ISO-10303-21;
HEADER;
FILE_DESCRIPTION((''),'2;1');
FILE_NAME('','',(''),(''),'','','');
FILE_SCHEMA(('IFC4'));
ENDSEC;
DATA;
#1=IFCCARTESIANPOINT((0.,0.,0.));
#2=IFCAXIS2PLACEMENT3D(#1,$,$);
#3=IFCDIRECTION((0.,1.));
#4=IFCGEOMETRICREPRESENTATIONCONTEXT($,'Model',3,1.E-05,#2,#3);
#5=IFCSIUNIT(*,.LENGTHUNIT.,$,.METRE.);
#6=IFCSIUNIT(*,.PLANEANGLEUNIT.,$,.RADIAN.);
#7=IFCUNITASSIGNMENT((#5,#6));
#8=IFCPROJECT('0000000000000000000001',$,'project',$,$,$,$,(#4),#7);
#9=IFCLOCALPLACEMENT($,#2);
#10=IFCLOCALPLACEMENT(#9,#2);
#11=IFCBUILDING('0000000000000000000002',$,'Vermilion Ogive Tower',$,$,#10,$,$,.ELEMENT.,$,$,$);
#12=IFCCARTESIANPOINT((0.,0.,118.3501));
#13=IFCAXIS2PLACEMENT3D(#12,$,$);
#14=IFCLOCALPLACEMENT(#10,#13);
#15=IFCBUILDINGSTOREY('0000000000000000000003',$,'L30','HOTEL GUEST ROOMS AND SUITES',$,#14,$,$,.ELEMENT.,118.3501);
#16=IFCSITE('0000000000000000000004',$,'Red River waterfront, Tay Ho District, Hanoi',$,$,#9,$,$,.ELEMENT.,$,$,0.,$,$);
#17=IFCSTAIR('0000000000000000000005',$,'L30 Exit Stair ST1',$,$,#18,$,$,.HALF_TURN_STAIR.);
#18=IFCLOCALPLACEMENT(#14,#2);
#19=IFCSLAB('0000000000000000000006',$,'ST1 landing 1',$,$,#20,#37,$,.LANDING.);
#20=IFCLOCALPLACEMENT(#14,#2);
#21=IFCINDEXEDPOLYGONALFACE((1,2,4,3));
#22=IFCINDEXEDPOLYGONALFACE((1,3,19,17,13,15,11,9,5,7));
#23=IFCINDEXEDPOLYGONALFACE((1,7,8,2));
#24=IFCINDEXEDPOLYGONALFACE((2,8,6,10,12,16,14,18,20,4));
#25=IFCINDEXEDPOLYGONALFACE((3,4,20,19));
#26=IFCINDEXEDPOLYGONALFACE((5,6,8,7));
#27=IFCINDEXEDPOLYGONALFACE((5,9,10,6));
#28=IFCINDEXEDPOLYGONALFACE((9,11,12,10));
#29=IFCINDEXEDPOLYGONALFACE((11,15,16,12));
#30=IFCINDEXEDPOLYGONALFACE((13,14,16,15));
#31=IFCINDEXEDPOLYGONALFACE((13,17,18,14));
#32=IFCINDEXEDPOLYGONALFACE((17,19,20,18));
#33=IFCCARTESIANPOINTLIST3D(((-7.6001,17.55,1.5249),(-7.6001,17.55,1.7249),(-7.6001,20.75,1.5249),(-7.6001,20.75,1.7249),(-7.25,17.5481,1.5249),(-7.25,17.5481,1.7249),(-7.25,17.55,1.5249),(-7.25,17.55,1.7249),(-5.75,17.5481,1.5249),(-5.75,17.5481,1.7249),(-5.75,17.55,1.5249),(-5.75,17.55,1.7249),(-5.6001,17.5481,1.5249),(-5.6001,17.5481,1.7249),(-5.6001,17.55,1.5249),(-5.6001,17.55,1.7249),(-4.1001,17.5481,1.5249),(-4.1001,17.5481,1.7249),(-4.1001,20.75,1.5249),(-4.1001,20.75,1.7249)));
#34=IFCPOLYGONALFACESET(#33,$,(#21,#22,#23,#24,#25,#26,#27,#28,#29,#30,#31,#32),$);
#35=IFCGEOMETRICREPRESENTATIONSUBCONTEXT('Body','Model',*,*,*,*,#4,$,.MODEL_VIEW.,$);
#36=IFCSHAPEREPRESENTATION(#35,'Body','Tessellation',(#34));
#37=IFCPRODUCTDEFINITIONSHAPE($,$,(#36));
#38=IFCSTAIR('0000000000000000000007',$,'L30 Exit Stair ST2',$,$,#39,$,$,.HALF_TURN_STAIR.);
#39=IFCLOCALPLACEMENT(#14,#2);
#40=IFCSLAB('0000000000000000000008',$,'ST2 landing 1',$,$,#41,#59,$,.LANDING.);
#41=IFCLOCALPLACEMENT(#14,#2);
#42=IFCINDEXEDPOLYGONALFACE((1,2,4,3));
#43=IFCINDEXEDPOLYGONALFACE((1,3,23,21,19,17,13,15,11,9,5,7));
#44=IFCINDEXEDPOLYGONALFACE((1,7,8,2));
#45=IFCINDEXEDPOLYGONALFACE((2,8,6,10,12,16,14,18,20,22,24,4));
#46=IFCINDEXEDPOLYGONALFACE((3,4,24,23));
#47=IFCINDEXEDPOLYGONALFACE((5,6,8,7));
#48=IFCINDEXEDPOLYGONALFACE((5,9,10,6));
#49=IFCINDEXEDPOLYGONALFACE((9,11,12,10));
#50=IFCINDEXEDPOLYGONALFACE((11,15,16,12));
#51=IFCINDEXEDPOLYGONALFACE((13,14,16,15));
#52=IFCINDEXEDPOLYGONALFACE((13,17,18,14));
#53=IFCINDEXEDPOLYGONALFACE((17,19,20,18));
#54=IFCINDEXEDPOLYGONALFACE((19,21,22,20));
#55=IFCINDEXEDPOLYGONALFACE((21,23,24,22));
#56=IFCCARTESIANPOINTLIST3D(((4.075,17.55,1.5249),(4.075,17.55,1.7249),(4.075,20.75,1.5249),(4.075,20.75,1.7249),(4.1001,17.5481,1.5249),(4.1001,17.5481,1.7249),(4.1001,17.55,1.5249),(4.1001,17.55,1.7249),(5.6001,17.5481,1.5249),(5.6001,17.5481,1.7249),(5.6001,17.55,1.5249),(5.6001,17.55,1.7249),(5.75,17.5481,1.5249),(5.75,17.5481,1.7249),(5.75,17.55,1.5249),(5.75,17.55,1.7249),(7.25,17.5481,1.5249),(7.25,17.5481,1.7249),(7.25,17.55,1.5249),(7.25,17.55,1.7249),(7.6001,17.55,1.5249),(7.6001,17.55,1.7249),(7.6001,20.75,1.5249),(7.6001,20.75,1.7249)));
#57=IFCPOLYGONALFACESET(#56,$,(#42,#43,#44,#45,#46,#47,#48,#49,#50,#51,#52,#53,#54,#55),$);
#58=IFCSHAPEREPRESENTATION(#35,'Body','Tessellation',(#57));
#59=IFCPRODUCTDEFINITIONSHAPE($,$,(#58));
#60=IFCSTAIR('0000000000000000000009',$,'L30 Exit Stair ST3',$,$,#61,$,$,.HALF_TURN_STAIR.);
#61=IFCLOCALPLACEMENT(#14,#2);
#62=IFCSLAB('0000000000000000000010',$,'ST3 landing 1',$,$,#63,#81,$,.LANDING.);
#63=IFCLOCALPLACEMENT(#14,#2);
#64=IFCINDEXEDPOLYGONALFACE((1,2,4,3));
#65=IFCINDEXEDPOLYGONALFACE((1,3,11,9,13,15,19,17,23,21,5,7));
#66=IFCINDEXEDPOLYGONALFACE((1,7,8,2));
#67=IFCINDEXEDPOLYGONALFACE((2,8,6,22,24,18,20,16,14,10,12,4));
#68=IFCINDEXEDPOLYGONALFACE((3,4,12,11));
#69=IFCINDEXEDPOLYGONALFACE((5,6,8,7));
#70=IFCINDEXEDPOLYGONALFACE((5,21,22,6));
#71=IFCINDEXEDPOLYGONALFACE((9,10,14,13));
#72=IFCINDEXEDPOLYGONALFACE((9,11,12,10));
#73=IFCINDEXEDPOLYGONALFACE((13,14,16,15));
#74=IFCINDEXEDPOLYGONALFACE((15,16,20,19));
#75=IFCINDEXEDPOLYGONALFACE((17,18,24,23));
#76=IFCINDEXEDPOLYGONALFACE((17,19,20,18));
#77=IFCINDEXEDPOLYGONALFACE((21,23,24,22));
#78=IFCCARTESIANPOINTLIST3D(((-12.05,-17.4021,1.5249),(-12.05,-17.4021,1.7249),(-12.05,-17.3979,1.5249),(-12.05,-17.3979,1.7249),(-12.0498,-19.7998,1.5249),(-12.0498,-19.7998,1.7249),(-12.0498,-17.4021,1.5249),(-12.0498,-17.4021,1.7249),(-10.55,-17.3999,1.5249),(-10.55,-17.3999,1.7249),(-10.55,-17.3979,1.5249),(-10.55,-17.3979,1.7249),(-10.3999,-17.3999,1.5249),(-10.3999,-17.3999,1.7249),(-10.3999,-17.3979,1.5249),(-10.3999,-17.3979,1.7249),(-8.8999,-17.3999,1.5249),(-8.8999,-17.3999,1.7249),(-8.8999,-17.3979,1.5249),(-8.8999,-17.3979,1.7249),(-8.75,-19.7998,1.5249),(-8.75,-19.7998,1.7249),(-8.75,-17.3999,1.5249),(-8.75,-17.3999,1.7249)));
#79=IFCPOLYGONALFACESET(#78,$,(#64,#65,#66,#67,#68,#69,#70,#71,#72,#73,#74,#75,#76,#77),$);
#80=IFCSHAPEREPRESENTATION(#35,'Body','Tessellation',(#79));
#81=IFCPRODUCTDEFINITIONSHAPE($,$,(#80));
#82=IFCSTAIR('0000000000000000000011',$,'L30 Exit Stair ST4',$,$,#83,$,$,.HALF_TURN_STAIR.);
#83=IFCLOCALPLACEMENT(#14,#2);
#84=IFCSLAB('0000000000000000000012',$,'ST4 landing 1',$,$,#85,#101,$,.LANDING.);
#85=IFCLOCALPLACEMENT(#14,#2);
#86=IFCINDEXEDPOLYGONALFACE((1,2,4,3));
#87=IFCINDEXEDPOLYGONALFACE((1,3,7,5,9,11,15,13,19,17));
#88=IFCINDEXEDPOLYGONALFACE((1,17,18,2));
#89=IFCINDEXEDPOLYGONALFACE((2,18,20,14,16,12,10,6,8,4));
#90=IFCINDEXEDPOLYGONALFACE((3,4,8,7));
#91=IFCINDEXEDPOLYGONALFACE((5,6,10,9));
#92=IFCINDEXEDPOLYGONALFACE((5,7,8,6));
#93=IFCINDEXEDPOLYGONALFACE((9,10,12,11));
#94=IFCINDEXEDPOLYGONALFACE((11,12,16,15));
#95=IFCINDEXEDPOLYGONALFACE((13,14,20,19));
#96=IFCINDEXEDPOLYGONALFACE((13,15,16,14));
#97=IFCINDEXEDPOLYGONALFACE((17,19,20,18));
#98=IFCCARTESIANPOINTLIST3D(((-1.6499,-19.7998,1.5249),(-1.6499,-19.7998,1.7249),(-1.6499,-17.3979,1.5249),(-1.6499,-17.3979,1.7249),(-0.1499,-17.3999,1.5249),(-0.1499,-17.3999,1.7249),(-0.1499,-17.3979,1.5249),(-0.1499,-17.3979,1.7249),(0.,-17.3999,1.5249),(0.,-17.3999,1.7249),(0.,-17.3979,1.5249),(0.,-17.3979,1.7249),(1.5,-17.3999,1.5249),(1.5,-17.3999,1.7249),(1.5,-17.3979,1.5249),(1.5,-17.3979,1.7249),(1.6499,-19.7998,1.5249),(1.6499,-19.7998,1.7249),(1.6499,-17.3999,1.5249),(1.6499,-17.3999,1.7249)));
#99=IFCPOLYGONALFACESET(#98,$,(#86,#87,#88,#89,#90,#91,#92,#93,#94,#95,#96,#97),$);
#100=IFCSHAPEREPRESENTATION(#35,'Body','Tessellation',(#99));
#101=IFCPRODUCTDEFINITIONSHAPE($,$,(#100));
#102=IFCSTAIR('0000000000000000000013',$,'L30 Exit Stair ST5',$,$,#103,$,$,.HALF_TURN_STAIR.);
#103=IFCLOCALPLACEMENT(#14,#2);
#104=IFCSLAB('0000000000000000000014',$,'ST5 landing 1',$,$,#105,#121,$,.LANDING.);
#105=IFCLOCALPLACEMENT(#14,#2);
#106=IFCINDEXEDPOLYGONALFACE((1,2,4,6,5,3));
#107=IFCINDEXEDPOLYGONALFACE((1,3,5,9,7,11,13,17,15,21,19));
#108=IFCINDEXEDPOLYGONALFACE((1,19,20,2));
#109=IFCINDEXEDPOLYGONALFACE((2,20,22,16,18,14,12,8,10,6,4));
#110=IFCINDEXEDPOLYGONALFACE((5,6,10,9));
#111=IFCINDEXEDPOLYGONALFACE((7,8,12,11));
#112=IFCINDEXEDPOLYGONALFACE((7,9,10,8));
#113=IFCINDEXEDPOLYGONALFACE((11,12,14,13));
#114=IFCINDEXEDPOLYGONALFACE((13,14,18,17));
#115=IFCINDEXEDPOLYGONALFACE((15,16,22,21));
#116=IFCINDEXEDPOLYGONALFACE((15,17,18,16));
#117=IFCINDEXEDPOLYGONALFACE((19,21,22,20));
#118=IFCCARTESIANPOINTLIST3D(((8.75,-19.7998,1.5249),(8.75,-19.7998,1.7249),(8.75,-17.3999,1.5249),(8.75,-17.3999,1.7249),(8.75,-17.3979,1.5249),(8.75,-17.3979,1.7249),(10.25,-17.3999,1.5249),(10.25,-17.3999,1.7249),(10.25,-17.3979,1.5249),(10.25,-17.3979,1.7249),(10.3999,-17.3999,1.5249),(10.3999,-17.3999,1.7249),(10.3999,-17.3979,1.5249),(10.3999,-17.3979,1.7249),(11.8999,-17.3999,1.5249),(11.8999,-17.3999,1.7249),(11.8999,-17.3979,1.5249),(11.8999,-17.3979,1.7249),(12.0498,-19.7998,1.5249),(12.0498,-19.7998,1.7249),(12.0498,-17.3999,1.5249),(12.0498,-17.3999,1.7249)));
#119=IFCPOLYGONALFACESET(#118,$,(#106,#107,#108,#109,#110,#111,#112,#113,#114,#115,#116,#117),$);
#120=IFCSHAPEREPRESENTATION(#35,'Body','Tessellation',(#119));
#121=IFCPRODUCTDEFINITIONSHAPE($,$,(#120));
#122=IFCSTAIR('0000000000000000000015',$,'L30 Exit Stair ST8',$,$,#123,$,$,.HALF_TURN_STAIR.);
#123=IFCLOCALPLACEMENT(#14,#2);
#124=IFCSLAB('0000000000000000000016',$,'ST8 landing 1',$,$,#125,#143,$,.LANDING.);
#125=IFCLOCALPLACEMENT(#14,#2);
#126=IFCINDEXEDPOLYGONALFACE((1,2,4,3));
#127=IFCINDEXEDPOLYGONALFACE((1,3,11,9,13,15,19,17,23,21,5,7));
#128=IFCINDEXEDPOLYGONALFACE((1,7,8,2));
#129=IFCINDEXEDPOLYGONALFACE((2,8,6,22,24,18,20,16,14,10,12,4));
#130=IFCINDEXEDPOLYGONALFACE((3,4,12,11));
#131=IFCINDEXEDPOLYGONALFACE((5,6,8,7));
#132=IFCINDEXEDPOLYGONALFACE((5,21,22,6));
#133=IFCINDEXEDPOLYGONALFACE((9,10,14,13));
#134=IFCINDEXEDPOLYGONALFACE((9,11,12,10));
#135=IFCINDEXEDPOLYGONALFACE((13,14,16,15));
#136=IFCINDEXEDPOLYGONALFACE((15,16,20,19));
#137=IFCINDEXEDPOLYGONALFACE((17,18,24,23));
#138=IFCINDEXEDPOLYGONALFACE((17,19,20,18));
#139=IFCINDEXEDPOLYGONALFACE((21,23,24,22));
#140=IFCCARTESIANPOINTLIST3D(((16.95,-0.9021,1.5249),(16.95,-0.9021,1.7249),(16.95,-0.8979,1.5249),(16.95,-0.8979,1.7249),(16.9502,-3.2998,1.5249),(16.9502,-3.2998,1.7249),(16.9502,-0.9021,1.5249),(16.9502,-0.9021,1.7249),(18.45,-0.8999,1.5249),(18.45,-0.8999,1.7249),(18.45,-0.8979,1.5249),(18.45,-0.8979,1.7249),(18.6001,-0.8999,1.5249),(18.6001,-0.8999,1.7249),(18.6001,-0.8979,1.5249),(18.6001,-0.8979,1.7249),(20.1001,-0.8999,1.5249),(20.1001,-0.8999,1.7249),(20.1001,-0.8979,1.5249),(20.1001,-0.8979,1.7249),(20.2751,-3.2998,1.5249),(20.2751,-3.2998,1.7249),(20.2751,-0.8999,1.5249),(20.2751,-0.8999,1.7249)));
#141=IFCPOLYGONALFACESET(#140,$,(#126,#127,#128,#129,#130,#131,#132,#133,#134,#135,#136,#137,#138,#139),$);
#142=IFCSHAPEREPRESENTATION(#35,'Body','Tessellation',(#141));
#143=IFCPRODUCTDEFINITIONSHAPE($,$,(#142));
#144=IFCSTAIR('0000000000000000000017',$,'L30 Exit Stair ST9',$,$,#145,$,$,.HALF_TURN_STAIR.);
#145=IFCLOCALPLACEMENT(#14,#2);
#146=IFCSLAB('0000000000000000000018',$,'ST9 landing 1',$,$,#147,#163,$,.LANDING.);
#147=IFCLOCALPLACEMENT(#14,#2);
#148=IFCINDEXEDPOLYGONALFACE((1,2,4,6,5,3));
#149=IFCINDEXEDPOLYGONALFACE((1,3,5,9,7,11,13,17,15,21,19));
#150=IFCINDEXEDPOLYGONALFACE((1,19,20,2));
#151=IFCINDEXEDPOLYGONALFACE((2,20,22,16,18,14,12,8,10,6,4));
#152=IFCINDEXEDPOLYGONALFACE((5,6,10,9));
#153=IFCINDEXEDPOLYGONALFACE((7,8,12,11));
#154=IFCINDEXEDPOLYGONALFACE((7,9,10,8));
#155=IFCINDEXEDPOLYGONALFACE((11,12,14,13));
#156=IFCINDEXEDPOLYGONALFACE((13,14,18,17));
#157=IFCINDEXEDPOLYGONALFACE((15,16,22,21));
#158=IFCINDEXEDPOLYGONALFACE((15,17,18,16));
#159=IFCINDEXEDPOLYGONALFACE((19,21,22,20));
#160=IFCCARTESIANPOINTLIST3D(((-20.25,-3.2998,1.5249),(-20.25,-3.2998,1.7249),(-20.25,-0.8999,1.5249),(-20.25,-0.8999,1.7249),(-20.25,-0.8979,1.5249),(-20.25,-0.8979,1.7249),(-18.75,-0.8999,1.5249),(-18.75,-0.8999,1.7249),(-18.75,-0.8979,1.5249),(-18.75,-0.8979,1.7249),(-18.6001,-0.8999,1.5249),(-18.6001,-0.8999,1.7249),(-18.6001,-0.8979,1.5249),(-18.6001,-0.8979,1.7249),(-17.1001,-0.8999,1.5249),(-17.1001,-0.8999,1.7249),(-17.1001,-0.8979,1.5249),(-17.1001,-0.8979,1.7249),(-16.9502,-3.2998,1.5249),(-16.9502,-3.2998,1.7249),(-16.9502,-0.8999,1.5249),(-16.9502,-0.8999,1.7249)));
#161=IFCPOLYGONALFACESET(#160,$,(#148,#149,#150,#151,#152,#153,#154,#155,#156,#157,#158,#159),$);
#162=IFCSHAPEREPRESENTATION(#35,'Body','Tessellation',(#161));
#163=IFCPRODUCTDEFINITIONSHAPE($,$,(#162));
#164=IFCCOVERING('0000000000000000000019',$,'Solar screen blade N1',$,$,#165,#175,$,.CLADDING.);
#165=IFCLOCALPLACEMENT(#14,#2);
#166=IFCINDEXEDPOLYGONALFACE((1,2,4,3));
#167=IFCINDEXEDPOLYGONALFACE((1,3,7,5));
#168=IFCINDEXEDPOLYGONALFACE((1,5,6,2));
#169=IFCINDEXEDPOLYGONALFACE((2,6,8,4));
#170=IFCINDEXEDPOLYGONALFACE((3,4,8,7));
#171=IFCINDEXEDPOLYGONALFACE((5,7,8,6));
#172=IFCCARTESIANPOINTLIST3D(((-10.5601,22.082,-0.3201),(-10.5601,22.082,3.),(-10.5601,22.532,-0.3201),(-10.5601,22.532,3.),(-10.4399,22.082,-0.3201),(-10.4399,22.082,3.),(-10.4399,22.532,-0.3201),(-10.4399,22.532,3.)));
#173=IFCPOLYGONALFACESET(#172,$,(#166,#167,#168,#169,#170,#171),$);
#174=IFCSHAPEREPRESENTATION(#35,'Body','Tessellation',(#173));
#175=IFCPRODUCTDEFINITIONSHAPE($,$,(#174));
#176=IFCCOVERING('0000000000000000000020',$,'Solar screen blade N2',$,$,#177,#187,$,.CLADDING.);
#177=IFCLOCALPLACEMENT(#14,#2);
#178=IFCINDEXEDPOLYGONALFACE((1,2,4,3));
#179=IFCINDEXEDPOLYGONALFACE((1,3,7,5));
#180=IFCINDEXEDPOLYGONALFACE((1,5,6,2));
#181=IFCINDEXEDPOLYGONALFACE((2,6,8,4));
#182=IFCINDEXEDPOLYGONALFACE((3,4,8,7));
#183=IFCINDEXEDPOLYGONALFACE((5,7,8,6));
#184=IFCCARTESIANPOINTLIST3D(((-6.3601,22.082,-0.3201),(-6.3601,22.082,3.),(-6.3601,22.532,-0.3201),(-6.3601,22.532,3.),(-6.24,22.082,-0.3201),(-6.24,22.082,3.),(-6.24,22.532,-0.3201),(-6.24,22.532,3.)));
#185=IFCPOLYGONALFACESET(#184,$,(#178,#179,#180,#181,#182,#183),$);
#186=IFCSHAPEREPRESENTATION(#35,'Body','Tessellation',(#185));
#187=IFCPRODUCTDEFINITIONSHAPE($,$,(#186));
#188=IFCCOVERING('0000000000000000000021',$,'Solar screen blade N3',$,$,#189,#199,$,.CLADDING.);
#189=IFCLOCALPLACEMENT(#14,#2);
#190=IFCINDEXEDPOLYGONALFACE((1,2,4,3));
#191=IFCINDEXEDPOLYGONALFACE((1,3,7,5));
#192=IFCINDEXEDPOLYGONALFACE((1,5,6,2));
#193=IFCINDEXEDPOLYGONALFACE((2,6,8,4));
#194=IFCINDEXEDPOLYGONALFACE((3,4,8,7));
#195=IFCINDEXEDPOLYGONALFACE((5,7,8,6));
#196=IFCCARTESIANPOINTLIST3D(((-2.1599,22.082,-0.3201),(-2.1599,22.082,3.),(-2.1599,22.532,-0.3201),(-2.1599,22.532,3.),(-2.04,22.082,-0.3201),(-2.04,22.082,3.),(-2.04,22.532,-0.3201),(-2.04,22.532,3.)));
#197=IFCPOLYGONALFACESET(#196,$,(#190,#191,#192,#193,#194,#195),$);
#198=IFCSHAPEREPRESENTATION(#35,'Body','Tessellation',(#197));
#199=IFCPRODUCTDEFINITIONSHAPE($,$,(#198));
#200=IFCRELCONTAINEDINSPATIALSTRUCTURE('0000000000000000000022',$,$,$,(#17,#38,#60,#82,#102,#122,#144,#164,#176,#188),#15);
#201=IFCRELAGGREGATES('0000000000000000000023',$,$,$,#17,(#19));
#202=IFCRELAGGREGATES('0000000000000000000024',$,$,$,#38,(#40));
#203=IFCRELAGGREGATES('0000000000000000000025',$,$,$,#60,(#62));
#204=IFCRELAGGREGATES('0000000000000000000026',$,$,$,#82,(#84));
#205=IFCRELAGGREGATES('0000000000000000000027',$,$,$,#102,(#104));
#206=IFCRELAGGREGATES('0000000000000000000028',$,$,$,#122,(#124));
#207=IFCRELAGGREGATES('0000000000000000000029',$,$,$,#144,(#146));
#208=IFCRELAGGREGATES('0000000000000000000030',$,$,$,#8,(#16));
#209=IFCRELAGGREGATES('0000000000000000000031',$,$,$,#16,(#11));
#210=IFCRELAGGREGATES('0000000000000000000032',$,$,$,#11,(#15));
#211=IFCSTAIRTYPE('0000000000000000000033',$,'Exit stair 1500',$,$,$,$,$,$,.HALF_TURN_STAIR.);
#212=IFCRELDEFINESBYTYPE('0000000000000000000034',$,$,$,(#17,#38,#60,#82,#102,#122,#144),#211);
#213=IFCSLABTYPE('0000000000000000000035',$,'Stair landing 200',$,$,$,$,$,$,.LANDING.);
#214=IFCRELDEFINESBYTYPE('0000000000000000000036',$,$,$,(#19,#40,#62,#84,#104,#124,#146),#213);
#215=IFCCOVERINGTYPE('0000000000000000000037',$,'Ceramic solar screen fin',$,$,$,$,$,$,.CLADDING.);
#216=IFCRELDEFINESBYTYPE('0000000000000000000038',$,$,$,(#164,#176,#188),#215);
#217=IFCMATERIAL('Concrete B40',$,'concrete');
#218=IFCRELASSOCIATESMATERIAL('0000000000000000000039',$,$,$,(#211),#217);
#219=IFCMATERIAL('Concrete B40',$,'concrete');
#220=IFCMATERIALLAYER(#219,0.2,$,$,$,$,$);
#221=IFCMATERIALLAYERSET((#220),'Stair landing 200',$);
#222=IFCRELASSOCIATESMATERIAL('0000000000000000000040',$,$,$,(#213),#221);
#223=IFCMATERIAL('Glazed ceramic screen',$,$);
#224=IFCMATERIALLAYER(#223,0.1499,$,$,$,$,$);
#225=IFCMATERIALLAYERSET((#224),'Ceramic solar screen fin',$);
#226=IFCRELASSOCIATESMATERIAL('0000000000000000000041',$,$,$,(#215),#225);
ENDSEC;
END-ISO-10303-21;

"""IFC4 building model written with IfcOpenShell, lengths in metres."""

from ifc_helpers import new_model, si_unit, direction, frame, origin, place, context, subcontext, project, spatial, polyline, outline, extrude, material, layer, layer_set, type_object, element, aggregate, save


model = new_model("IFC4")

# Units and contexts
model_context = context("Model", 3, precision=1e-05, world=origin(), true_north=direction((0.0, 1.0)))
body_context = subcontext(model_context, "Body", "Model", "MODEL_VIEW")
ifc_project = project(units=[si_unit("LENGTHUNIT", "METRE"), si_unit("PLANEANGLEUNIT", "RADIAN")], contexts=[model_context])

# Site, building, storey
site_placement = place(None, origin())
site = spatial("IfcSite", under=ifc_project, at=site_placement, Name="Red River waterfront, Tay Ho District, Hanoi", CompositionType="ELEMENT", RefElevation=0.0)
building_placement = place(site_placement, origin())
building = spatial("IfcBuilding", under=site, at=building_placement, Name="Vermilion Ogive Tower", CompositionType="ELEMENT")
storey_placement = place(building_placement, frame((0.0, 0.0, 118.3501)))
storey = spatial("IfcBuildingStorey", under=building, at=storey_placement, Name="L30", Description="HOTEL GUEST ROOMS AND SUITES", CompositionType="ELEMENT", Elevation=118.3501)

# Stairs, slabs
ifc_material_1 = material(Name="Concrete B40", Category="concrete")
stair_type = type_object("IfcStairType", Name="Exit stair 1500", PredefinedType="HALF_TURN_STAIR", material=ifc_material_1)
stair_1_placement = place(storey_placement, origin())
stair_1 = element("IfcStair", 1, at=stair_1_placement, inside=storey, type_object=stair_type, Name="L30 Exit Stair ST1", PredefinedType="HALF_TURN_STAIR")
ifc_material_2 = material(Name="Concrete B40", Category="concrete")
ifc_layer_1 = layer(ifc_material_2, 0.2)
ifc_layer_set_1 = layer_set([ifc_layer_1], Name="Stair landing 200")
slab_type = type_object("IfcSlabType", Name="Stair landing 200", PredefinedType="LANDING", material=ifc_layer_set_1)
slab_1_placement = place(storey_placement, frame((0.0, 0.0, 1.5249)))
slab_1 = element("IfcSlab", 2, at=slab_1_placement, type_object=slab_type, Name="ST1 landing 1", PredefinedType="LANDING", context=body_context, shape_type="SweptSolid", body=[
    extrude(outline(polyline([(-7.6001, 17.55), (-7.25, 17.55), (-7.25, 17.5481), (-5.75, 17.5481), (-5.75, 17.55), (-5.6001, 17.55), (-5.6001, 17.5481), (-4.1001, 17.5481), (-4.1001, 20.75), (-7.6001, 20.75), (-7.6001, 17.55)])), origin(), (0.0, 0.0, 1.0), 0.2),
])
aggregate(stair_1, [slab_1])
stair_2_placement = place(storey_placement, origin())
stair_2 = element("IfcStair", 3, at=stair_2_placement, inside=storey, type_object=stair_type, Name="L30 Exit Stair ST2", PredefinedType="HALF_TURN_STAIR")
slab_2_placement = place(storey_placement, frame((0.0, 0.0, 1.5249)))
slab_2 = element("IfcSlab", 4, at=slab_2_placement, type_object=slab_type, Name="ST2 landing 1", PredefinedType="LANDING", context=body_context, shape_type="SweptSolid", body=[
    extrude(outline(polyline([(5.6001, 17.55), (5.75, 17.55), (5.75, 17.5481), (7.25, 17.5481), (7.25, 17.55), (7.6001, 17.55), (7.6001, 20.75), (4.075, 20.75), (4.075, 17.55), (4.1001, 17.55), (4.1001, 17.5481), (5.6001, 17.5481), (5.6001, 17.55)])), origin(), (0.0, 0.0, 1.0), 0.2),
])
aggregate(stair_2, [slab_2])
stair_3_placement = place(storey_placement, origin())
stair_3 = element("IfcStair", 5, at=stair_3_placement, inside=storey, type_object=stair_type, Name="L30 Exit Stair ST3", PredefinedType="HALF_TURN_STAIR")
slab_3_placement = place(storey_placement, frame((0.0, 0.0, 1.5249)))
slab_3 = element("IfcSlab", 6, at=slab_3_placement, type_object=slab_type, Name="ST3 landing 1", PredefinedType="LANDING", context=body_context, shape_type="SweptSolid", body=[
    extrude(outline(polyline([(-8.75, -17.3999), (-8.8999, -17.3999), (-8.8999, -17.3979), (-10.3999, -17.3979), (-10.3999, -17.3999), (-10.55, -17.3999), (-10.55, -17.3979), (-12.05, -17.3979), (-12.05, -17.4021), (-12.0498, -17.4021), (-12.0498, -19.7998), (-8.75, -19.7998), (-8.75, -17.3999)])), origin(), (0.0, 0.0, 1.0), 0.2),
])
aggregate(stair_3, [slab_3])
stair_4_placement = place(storey_placement, origin())
stair_4 = element("IfcStair", 7, at=stair_4_placement, inside=storey, type_object=stair_type, Name="L30 Exit Stair ST4", PredefinedType="HALF_TURN_STAIR")
slab_4_placement = place(storey_placement, frame((0.0, 0.0, 1.5249)))
slab_4 = element("IfcSlab", 8, at=slab_4_placement, type_object=slab_type, Name="ST4 landing 1", PredefinedType="LANDING", context=body_context, shape_type="SweptSolid", body=[
    extrude(outline(polyline([(1.6499, -17.3999), (1.5, -17.3999), (1.5, -17.3979), (0.0, -17.3979), (0.0, -17.3999), (-0.1499, -17.3999), (-0.1499, -17.3979), (-1.6499, -17.3979), (-1.6499, -19.7998), (1.6499, -19.7998), (1.6499, -17.3999)])), origin(), (0.0, 0.0, 1.0), 0.2),
])
aggregate(stair_4, [slab_4])
stair_5_placement = place(storey_placement, origin())
stair_5 = element("IfcStair", 9, at=stair_5_placement, inside=storey, type_object=stair_type, Name="L30 Exit Stair ST5", PredefinedType="HALF_TURN_STAIR")
slab_5_placement = place(storey_placement, frame((0.0, 0.0, 1.5249)))
slab_5 = element("IfcSlab", 10, at=slab_5_placement, type_object=slab_type, Name="ST5 landing 1", PredefinedType="LANDING", context=body_context, shape_type="SweptSolid", body=[
    extrude(outline(polyline([(12.0498, -17.3999), (11.8999, -17.3999), (11.8999, -17.3979), (10.3999, -17.3979), (10.3999, -17.3999), (10.25, -17.3999), (10.25, -17.3979), (8.75, -17.3979), (8.75, -17.3999), (8.75, -17.3999), (8.75, -19.7998), (12.0498, -19.7998), (12.0498, -17.3999)])), origin(), (0.0, 0.0, 1.0), 0.2),
])
aggregate(stair_5, [slab_5])
stair_6_placement = place(storey_placement, origin())
stair_6 = element("IfcStair", 11, at=stair_6_placement, inside=storey, type_object=stair_type, Name="L30 Exit Stair ST8", PredefinedType="HALF_TURN_STAIR")
slab_6_placement = place(storey_placement, frame((0.0, 0.0, 1.5249)))
slab_6 = element("IfcSlab", 12, at=slab_6_placement, type_object=slab_type, Name="ST8 landing 1", PredefinedType="LANDING", context=body_context, shape_type="SweptSolid", body=[
    extrude(outline(polyline([(20.2751, -0.8999), (20.1001, -0.8999), (20.1001, -0.8979), (18.6001, -0.8979), (18.6001, -0.8999), (18.45, -0.8999), (18.45, -0.8979), (16.95, -0.8979), (16.95, -0.9021), (16.9502, -0.9021), (16.9502, -3.2998), (20.2751, -3.2998), (20.2751, -0.8999)])), origin(), (0.0, 0.0, 1.0), 0.2),
])
aggregate(stair_6, [slab_6])
stair_7_placement = place(storey_placement, origin())
stair_7 = element("IfcStair", 13, at=stair_7_placement, inside=storey, type_object=stair_type, Name="L30 Exit Stair ST9", PredefinedType="HALF_TURN_STAIR")
slab_7_placement = place(storey_placement, frame((0.0, 0.0, 1.5249)))
slab_7 = element("IfcSlab", 14, at=slab_7_placement, type_object=slab_type, Name="ST9 landing 1", PredefinedType="LANDING", context=body_context, shape_type="SweptSolid", body=[
    extrude(outline(polyline([(-16.9502, -0.8999), (-17.1001, -0.8999), (-17.1001, -0.8979), (-18.6001, -0.8979), (-18.6001, -0.8999), (-18.75, -0.8999), (-18.75, -0.8979), (-20.25, -0.8979), (-20.25, -0.8999), (-20.25, -0.8999), (-20.25, -3.2998), (-16.9502, -3.2998), (-16.9502, -0.8999)])), origin(), (0.0, 0.0, 1.0), 0.2),
])
aggregate(stair_7, [slab_7])

# Coverings
ifc_material_3 = material(Name="Glazed ceramic screen")
ifc_layer_2 = layer(ifc_material_3, 0.1499)
ifc_layer_set_2 = layer_set([ifc_layer_2], Name="Ceramic solar screen fin")
covering_type_1 = type_object("IfcCoveringType", Name="Ceramic solar screen fin", PredefinedType="CLADDING", material=ifc_layer_set_2)
covering_1_placement = place(storey_placement, frame((0.0, 0.0, -0.3201)))
element("IfcCovering", 15, at=covering_1_placement, inside=storey, type_object=covering_type_1, Name="Solar screen blade N1", PredefinedType="CLADDING", context=body_context, shape_type="SweptSolid", body=[
    extrude(outline(polyline([(-10.5601, 22.082), (-10.4399, 22.082), (-10.4399, 22.532), (-10.5601, 22.532), (-10.5601, 22.082)])), origin(), (0.0, 0.0, 1.0), 3.3201),
])
covering_2_placement = place(storey_placement, frame((0.0, 0.0, -0.3201)))
element("IfcCovering", 16, at=covering_2_placement, inside=storey, type_object=covering_type_1, Name="Solar screen blade N2", PredefinedType="CLADDING", context=body_context, shape_type="SweptSolid", body=[
    extrude(outline(polyline([(-6.3601, 22.082), (-6.24, 22.082), (-6.24, 22.532), (-6.3601, 22.532), (-6.3601, 22.082)])), origin(), (0.0, 0.0, 1.0), 3.3201),
])
covering_3_placement = place(storey_placement, frame((0.0, 0.0, -0.3201)))
element("IfcCovering", 17, at=covering_3_placement, inside=storey, type_object=covering_type_1, Name="Solar screen blade N3", PredefinedType="CLADDING", context=body_context, shape_type="SweptSolid", body=[
    extrude(outline(polyline([(-2.1599, 22.082), (-2.04, 22.082), (-2.04, 22.532), (-2.1599, 22.532), (-2.1599, 22.082)])), origin(), (0.0, 0.0, 1.0), 3.3201),
])

save(model, "model.ifc")
